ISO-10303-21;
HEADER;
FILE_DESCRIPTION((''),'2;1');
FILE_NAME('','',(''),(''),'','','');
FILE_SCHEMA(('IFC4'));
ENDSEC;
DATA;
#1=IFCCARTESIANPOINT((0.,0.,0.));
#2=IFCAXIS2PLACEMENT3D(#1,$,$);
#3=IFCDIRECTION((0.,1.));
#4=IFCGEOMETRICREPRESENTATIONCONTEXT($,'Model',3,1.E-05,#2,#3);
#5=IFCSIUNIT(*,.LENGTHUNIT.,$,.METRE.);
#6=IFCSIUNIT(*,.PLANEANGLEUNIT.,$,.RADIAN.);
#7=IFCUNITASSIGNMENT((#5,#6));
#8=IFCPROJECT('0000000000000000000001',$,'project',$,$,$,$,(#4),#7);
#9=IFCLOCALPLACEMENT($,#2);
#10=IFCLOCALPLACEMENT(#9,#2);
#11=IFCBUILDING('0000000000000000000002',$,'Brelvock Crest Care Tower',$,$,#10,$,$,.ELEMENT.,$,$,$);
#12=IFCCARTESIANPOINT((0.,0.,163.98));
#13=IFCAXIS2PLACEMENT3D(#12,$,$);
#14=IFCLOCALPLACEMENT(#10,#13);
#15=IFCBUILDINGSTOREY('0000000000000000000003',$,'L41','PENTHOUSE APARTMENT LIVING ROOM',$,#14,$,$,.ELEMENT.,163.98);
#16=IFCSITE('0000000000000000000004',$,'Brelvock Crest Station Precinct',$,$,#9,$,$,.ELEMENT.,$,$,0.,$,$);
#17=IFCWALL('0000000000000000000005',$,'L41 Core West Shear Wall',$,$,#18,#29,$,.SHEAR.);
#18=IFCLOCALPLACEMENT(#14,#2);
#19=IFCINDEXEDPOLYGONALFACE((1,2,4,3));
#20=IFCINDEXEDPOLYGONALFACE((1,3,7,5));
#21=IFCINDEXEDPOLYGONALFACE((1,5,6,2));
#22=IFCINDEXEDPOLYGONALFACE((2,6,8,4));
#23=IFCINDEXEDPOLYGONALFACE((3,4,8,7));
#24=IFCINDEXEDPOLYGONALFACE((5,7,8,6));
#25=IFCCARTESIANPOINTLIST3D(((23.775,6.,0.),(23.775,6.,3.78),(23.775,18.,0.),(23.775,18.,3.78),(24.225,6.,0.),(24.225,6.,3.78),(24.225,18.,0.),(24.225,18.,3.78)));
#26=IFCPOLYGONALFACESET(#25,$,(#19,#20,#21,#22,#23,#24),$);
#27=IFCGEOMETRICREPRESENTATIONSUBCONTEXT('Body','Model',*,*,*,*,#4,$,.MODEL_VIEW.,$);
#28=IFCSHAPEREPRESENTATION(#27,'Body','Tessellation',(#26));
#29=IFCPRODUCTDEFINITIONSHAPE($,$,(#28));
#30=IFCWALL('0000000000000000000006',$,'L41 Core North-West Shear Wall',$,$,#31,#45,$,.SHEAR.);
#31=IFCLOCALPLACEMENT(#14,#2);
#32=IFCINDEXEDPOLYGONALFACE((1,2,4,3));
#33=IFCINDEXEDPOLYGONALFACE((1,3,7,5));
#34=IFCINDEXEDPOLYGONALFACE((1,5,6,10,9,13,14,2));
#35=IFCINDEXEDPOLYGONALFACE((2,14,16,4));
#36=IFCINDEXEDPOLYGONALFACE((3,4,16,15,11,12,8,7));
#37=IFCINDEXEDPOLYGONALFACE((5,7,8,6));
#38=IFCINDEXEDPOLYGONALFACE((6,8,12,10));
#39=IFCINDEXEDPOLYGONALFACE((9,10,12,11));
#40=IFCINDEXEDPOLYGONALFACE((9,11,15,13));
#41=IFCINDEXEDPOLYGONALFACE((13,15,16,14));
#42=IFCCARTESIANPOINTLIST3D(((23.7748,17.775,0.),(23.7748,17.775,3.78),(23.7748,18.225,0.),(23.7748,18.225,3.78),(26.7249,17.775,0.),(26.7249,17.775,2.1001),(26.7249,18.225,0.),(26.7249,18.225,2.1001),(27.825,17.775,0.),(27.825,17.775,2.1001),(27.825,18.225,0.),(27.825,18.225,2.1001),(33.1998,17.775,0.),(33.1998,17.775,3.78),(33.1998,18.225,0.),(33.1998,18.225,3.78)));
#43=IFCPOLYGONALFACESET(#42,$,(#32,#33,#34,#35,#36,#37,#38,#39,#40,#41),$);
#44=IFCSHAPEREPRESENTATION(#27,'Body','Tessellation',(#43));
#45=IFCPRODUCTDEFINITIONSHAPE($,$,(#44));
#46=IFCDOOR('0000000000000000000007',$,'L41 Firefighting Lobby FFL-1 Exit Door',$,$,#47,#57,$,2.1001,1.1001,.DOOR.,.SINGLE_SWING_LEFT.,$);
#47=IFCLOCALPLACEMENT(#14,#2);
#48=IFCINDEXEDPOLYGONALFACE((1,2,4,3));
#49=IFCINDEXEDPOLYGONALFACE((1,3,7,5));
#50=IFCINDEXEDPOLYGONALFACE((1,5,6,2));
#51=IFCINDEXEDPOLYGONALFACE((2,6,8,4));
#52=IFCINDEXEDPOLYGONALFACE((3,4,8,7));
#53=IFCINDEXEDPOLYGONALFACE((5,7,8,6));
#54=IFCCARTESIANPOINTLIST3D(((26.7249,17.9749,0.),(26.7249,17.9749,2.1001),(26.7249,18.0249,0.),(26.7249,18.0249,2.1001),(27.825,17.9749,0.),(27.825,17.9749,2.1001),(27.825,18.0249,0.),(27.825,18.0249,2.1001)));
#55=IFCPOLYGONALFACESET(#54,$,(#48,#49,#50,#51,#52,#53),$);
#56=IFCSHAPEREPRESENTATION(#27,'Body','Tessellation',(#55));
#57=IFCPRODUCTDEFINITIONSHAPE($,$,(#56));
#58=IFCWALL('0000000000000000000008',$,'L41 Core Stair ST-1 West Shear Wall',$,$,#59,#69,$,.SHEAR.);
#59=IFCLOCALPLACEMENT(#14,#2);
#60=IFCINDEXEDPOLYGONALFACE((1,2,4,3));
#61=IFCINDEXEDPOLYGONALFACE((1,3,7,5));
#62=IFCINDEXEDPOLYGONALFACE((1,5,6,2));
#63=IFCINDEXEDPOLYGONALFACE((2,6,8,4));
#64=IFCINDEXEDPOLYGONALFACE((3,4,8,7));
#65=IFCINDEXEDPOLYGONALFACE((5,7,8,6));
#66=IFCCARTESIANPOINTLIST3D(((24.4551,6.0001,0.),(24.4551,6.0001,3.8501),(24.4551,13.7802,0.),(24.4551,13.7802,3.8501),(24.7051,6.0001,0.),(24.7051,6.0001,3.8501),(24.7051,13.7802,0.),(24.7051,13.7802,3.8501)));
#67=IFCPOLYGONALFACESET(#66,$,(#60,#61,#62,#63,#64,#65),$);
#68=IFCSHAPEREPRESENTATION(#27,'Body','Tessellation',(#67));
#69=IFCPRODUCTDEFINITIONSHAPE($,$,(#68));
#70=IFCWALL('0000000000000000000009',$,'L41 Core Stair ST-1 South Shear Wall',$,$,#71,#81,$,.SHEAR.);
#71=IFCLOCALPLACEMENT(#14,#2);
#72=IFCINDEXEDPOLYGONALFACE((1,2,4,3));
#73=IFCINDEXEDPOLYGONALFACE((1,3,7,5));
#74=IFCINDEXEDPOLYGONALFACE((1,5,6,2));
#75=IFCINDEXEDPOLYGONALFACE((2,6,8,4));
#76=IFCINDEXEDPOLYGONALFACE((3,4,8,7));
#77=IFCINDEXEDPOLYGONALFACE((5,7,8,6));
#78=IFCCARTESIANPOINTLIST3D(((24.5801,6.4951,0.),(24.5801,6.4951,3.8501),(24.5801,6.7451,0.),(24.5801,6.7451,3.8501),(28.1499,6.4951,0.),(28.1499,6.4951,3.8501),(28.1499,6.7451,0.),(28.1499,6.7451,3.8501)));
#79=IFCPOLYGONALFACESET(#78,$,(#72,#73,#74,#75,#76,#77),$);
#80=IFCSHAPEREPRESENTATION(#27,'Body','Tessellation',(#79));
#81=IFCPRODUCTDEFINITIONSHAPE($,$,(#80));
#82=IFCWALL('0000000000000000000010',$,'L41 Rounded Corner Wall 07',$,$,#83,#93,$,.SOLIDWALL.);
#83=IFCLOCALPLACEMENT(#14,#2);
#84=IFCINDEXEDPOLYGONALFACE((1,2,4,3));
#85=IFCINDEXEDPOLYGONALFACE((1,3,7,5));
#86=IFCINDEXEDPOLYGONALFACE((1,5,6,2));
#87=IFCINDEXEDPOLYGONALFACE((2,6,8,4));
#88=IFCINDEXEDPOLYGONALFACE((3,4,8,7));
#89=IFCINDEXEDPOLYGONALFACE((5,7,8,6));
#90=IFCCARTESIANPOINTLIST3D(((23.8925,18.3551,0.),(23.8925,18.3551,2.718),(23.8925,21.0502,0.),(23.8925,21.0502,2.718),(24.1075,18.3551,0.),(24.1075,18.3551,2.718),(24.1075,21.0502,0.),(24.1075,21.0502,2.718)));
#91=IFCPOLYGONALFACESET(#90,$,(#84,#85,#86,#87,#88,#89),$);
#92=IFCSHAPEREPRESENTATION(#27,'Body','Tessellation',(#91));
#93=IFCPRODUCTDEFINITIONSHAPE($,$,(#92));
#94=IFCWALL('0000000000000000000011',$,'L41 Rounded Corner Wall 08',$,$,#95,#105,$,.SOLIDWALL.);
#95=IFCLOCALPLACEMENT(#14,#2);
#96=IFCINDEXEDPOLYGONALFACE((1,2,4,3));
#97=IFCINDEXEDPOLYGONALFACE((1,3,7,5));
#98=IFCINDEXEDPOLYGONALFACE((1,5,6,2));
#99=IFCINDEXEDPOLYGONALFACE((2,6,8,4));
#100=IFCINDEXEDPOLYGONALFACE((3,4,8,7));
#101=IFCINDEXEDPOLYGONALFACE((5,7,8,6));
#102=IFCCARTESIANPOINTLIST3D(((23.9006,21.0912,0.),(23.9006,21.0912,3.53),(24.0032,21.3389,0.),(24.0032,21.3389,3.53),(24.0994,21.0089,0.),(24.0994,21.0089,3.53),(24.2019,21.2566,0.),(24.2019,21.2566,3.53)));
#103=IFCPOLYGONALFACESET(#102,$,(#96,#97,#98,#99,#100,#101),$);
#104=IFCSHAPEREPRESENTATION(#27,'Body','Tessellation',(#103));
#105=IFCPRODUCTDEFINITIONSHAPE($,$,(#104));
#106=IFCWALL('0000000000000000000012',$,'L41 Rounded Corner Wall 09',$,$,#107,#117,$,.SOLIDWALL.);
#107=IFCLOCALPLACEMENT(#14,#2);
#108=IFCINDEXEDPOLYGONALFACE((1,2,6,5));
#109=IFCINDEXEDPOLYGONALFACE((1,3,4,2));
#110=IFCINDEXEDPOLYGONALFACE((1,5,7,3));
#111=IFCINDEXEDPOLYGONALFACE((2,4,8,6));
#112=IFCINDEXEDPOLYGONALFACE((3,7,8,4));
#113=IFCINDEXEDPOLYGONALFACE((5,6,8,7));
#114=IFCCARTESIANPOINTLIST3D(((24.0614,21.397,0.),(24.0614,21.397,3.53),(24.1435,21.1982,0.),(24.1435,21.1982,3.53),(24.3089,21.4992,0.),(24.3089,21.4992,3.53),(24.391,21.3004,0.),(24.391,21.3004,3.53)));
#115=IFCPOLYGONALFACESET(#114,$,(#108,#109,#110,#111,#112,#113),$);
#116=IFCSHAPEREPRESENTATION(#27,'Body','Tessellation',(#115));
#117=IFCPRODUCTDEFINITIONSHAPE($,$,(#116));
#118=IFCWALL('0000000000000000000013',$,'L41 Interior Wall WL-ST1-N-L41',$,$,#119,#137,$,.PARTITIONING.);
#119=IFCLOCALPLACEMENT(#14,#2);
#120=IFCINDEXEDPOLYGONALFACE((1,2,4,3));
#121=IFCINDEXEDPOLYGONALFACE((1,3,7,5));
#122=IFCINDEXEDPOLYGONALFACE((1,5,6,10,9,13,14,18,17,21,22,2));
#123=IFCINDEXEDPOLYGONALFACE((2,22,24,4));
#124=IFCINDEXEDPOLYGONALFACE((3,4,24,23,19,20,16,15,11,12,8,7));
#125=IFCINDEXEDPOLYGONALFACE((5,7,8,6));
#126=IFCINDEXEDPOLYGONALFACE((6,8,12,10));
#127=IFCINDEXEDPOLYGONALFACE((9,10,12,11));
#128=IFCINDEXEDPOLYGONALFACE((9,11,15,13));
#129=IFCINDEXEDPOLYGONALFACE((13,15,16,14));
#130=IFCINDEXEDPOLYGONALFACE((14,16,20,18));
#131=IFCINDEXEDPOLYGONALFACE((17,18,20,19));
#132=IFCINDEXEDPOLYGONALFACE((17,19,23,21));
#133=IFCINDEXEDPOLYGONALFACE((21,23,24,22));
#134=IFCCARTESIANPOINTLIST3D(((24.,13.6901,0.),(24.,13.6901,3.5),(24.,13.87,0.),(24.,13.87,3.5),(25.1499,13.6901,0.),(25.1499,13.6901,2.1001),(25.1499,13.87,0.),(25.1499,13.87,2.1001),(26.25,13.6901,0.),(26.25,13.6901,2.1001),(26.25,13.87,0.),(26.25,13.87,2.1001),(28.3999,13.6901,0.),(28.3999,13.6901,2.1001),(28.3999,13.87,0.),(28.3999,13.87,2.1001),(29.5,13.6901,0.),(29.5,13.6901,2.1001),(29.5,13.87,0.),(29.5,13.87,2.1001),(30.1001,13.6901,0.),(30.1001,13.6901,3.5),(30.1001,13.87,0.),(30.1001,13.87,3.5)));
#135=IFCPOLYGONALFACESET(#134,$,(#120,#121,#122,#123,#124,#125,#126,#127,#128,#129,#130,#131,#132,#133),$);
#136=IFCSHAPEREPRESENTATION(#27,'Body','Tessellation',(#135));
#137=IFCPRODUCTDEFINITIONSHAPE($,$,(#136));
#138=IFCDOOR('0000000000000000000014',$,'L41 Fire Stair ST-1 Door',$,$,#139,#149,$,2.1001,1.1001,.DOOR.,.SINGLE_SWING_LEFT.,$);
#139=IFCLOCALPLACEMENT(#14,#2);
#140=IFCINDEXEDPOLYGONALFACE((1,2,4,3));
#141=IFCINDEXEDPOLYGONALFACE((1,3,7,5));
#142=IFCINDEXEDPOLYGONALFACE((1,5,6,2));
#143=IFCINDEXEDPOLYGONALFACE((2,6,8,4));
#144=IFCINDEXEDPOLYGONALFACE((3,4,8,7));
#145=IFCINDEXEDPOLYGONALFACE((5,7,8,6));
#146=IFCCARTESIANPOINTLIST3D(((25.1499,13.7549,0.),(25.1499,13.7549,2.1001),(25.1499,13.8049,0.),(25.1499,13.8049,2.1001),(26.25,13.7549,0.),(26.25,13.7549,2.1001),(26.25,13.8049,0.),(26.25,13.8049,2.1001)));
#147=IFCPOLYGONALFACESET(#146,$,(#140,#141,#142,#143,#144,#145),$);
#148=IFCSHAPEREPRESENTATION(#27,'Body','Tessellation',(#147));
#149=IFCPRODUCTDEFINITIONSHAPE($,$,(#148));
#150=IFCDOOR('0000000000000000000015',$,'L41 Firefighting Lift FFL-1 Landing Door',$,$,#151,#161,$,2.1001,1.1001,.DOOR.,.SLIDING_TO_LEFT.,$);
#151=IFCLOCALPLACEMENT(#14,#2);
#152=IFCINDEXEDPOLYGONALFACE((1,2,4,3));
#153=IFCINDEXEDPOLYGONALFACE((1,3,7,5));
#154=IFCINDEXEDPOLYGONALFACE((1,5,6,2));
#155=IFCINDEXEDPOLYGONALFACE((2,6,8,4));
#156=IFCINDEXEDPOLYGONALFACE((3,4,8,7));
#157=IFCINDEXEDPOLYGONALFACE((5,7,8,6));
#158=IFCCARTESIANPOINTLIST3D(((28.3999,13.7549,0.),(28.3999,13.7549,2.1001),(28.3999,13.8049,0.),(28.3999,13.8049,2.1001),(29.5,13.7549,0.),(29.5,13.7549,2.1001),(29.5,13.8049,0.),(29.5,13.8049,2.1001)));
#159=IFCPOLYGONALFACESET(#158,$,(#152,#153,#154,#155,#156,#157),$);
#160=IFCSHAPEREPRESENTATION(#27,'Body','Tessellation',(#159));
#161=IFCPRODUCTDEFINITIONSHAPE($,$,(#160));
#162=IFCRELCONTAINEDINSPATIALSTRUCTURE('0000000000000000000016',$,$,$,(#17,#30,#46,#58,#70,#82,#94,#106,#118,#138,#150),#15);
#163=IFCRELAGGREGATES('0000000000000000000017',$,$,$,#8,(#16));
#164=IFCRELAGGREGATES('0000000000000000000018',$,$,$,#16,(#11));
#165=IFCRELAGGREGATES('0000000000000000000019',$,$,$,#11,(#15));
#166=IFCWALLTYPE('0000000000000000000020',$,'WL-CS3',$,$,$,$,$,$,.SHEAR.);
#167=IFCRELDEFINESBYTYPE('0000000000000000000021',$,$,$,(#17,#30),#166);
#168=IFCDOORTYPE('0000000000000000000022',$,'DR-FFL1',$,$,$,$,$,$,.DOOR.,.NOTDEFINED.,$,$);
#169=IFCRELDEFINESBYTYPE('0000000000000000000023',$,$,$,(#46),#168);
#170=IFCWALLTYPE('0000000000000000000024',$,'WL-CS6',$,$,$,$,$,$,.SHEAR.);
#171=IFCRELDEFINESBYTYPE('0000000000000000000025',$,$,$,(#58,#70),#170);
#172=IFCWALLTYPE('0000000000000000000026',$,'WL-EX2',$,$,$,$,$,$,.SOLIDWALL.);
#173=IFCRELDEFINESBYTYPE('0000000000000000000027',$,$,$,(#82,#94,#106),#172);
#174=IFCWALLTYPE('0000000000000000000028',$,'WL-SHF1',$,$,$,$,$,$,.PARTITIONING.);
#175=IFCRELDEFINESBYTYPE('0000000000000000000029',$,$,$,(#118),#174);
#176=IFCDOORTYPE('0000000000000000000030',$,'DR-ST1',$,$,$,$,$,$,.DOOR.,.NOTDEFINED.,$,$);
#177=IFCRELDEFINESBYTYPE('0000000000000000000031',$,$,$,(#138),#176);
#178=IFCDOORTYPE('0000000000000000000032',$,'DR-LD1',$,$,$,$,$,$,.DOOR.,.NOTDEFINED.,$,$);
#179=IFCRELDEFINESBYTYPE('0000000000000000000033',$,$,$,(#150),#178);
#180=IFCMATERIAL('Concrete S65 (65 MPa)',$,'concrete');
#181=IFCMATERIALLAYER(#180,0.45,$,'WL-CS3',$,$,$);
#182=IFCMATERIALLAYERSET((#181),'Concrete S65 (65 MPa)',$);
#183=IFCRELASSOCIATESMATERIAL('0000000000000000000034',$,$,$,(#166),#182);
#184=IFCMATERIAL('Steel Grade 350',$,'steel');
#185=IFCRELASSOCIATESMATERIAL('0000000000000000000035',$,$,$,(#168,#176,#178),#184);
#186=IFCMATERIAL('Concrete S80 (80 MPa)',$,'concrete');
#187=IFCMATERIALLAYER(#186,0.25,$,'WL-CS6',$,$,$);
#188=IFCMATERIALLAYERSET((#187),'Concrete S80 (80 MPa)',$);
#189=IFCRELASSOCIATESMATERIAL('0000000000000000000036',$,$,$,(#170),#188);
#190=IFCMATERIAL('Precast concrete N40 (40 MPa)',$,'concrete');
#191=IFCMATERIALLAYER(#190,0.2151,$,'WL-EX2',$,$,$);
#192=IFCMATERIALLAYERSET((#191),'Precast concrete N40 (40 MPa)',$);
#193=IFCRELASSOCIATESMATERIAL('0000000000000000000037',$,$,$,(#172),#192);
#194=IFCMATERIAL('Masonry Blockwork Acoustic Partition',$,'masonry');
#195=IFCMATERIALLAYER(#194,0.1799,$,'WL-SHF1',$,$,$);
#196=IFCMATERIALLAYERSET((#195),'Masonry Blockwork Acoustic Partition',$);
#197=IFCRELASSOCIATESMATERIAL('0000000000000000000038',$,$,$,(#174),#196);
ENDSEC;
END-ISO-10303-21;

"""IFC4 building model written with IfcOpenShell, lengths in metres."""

from ifc_helpers import new_model, si_unit, direction, frame, frame_2d, origin, origin_2d, place, context, subcontext, project, spatial, rectangle, extrude, source, transform, mapped, material, layer, layer_set, type_object, element, fill, save


model = new_model("IFC4")

# Units and contexts
model_context = context("Model", 3, precision=1e-05, world=origin(), true_north=direction((0.0, 1.0)))
body_context = subcontext(model_context, "Body", "Model", "MODEL_VIEW")
ifc_project = project(units=[si_unit("LENGTHUNIT", "METRE"), si_unit("PLANEANGLEUNIT", "RADIAN")], contexts=[model_context])

# Site, building, storey
site_placement = place(None, origin())
site = spatial("IfcSite", under=ifc_project, at=site_placement, Name="Brelvock Crest Station Precinct", CompositionType="ELEMENT", RefElevation=0.0)
building_placement = place(site_placement, origin())
building = spatial("IfcBuilding", under=site, at=building_placement, Name="Brelvock Crest Care Tower", CompositionType="ELEMENT")
storey_placement = place(building_placement, frame((0.0, 0.0, 163.98)))
storey = spatial("IfcBuildingStorey", under=building, at=storey_placement, Name="L41", Description="PENTHOUSE APARTMENT LIVING ROOM", CompositionType="ELEMENT", Elevation=163.98)

# Shared definitions
ifc_material_1 = material(Name="Concrete S65 (65 MPa)", Category="concrete")

# Shared definitions
ifc_material_2 = material(Name="Steel Grade 350", Category="steel")

# Wall
ifc_layer_1 = layer(ifc_material_1, 0.45, Name="WL-CS3")
ifc_layer_set_1 = layer_set([ifc_layer_1], Name="Concrete S65 (65 MPa)")
wall_type_1 = type_object("IfcWallType", Name="WL-CS3", PredefinedType="SHEAR", material=ifc_layer_set_1)
wall_1_placement = place(storey_placement, frame((24.0, 6.0, 0.0), z_axis=(0.0, 0.0, 1.0), x_axis=(0.0, 1.0, 0.0)))
element("IfcWall", 1, at=wall_1_placement, inside=storey, type_object=wall_type_1, Name="L41 Core West Shear Wall", PredefinedType="SHEAR", context=body_context, shape_type="SweptSolid", body=[
    extrude(rectangle(XDim=12.0, YDim=0.45, at=frame_2d((6.0, 0.0))), origin(), (0.0, 0.0, 1.0), 3.78),
])

# Wall, opening, door
wall_2_placement = place(storey_placement, frame((23.7749, 18.0, 0.0), z_axis=(0.0, 0.0, 1.0), x_axis=(1.0, 0.0, 0.0)))
wall_2 = element("IfcWall", 2, at=wall_2_placement, inside=storey, type_object=wall_type_1, Name="L41 Core North-West Shear Wall", PredefinedType="SHEAR", context=body_context, shape_type="SweptSolid", body=[
    extrude(rectangle(XDim=9.425, YDim=0.45, at=frame_2d((4.7124, 0.0))), origin(), (0.0, 0.0, 1.0), 3.78),
])
opening_1_placement = place(wall_2_placement, frame((2.95, 0.0, 0.0)))
opening_1 = element("IfcOpeningElement", 3, at=opening_1_placement, cuts=wall_2, PredefinedType="OPENING", context=body_context, shape_type="SweptSolid", body=[
    extrude(rectangle(XDim=1.1001, YDim=2.1001, at=origin_2d()), frame((0.55, 0.2349, 1.05), z_axis=(0.0, -1.0, 0.0), x_axis=(1.0, 0.0, 0.0)), (0.0, 0.0, 1.0), 0.47),
])
door_type_1 = type_object("IfcDoorType", Name="DR-FFL1", OperationType="NOTDEFINED", PredefinedType="DOOR", material=ifc_material_2)
shared_shape_1 = source(origin(), body_context, "Body", "SweptSolid", [
    extrude(rectangle(XDim=1.1001, YDim=2.1001, at=origin_2d()), frame((0.55, 0.0249, 1.05), z_axis=(0.0, -1.0, 0.0), x_axis=(1.0, 0.0, 0.0)), (0.0, 0.0, 1.0), 0.05),
])
door_1_placement = place(opening_1_placement, origin())
door_1 = element("IfcDoor", 4, at=door_1_placement, inside=storey, type_object=door_type_1, Name="L41 Firefighting Lobby FFL-1 Exit Door", OperationType="SINGLE_SWING_LEFT", OverallHeight=2.1001, OverallWidth=1.1001, PredefinedType="DOOR", context=body_context, shape_type="MappedRepresentation", body=[
    mapped(shared_shape_1, transform((0.0, 0.0, 0.0), x_axis=(1.0, 0.0, 0.0), y_axis=(0.0, 1.0, 0.0), z_axis=(0.0, 0.0, 1.0), scale=1.0)),
])
fill(opening_1, door_1)

# Walls
ifc_material_3 = material(Name="Concrete S80 (80 MPa)", Category="concrete")
ifc_layer_2 = layer(ifc_material_3, 0.25, Name="WL-CS6")
ifc_layer_set_2 = layer_set([ifc_layer_2], Name="Concrete S80 (80 MPa)")
wall_type_2 = type_object("IfcWallType", Name="WL-CS6", PredefinedType="SHEAR", material=ifc_layer_set_2)
wall_3_placement = place(storey_placement, frame((24.5801, 6.0, 0.0), z_axis=(0.0, 0.0, 1.0), x_axis=(0.0, 1.0, 0.0)))
element("IfcWall", 5, at=wall_3_placement, inside=storey, type_object=wall_type_2, Name="L41 Core Stair ST-1 West Shear Wall", PredefinedType="SHEAR", context=body_context, shape_type="SweptSolid", body=[
    extrude(rectangle(XDim=7.78, YDim=0.25, at=frame_2d((3.8901, 0.0))), origin(), (0.0, 0.0, 1.0), 3.8501),
])
wall_4_placement = place(storey_placement, frame((24.5801, 6.6201, 0.0), z_axis=(0.0, 0.0, 1.0), x_axis=(1.0, 0.0, 0.0)))
element("IfcWall", 6, at=wall_4_placement, inside=storey, type_object=wall_type_2, Name="L41 Core Stair ST-1 South Shear Wall", PredefinedType="SHEAR", context=body_context, shape_type="SweptSolid", body=[
    extrude(rectangle(XDim=3.5698, YDim=0.25, at=frame_2d((1.7849, 0.0))), origin(), (0.0, 0.0, 1.0), 3.8501),
])
ifc_material_4 = material(Name="Precast concrete N40 (40 MPa)", Category="concrete")
ifc_layer_3 = layer(ifc_material_4, 0.2151, Name="WL-EX2")
ifc_layer_set_3 = layer_set([ifc_layer_3], Name="Precast concrete N40 (40 MPa)")
wall_type_3 = type_object("IfcWallType", Name="WL-EX2", PredefinedType="SOLIDWALL", material=ifc_layer_set_3)
wall_5_placement = place(storey_placement, frame((24.0, 18.355, 0.0), z_axis=(0.0, 0.0, 1.0), x_axis=(0.0, 1.0, 0.0)))
element("IfcWall", 7, at=wall_5_placement, inside=storey, type_object=wall_type_3, Name="L41 Rounded Corner Wall 07", PredefinedType="SOLIDWALL", context=body_context, shape_type="SweptSolid", body=[
    extrude(rectangle(XDim=2.6951, YDim=0.2151, at=frame_2d((1.3477, 0.0))), origin(), (0.0, 0.0, 1.0), 2.718),
])
wall_6_placement = place(storey_placement, frame((24.0, 21.05, 0.0), z_axis=(0.0, 0.0, 1.0), x_axis=(0.382674, 0.923884, 0.0)))
element("IfcWall", 8, at=wall_6_placement, inside=storey, type_object=wall_type_3, Name="L41 Rounded Corner Wall 08", PredefinedType="SOLIDWALL", context=body_context, shape_type="SweptSolid", body=[
    extrude(rectangle(XDim=0.2681, YDim=0.2151, at=frame_2d((0.134, 0.0))), origin(), (0.0, 0.0, 1.0), 3.53),
])
wall_7_placement = place(storey_placement, frame((24.1025, 21.2976, 0.0), z_axis=(0.0, 0.0, 1.0), x_axis=(0.924205, 0.381896, 0.0)))
element("IfcWall", 9, at=wall_7_placement, inside=storey, type_object=wall_type_3, Name="L41 Rounded Corner Wall 09", PredefinedType="SOLIDWALL", context=body_context, shape_type="SweptSolid", body=[
    extrude(rectangle(XDim=0.2678, YDim=0.2151, at=frame_2d((0.1338, 0.0))), origin(), (0.0, 0.0, 1.0), 3.53),
])

# Wall, openings, doors
ifc_material_5 = material(Name="Masonry Blockwork Acoustic Partition", Category="masonry")
ifc_layer_4 = layer(ifc_material_5, 0.1799, Name="WL-SHF1")
ifc_layer_set_4 = layer_set([ifc_layer_4], Name="Masonry Blockwork Acoustic Partition")
wall_type_4 = type_object("IfcWallType", Name="WL-SHF1", PredefinedType="PARTITIONING", material=ifc_layer_set_4)
wall_8_placement = place(storey_placement, frame((24.0, 13.78, 0.0), z_axis=(0.0, 0.0, 1.0), x_axis=(1.0, 0.0, 0.0)))
wall_8 = element("IfcWall", 10, at=wall_8_placement, inside=storey, type_object=wall_type_4, Name="L41 Interior Wall WL-ST1-N-L41", PredefinedType="PARTITIONING", context=body_context, shape_type="SweptSolid", body=[
    extrude(rectangle(XDim=6.1001, YDim=0.1799, at=frame_2d((3.05, 0.0))), origin(), (0.0, 0.0, 1.0), 3.5),
])
opening_2_placement = place(wall_8_placement, frame((1.1499, 0.0, 0.0)))
opening_2 = element("IfcOpeningElement", 11, at=opening_2_placement, cuts=wall_8, PredefinedType="OPENING", context=body_context, shape_type="SweptSolid", body=[
    extrude(rectangle(XDim=1.1001, YDim=2.1001, at=origin_2d()), frame((0.55, 0.1001, 1.05), z_axis=(0.0, -1.0, 0.0), x_axis=(1.0, 0.0, 0.0)), (0.0, 0.0, 1.0), 0.2),
])
opening_3_placement = place(wall_8_placement, frame((4.3999, 0.0, 0.0)))
opening_3 = element("IfcOpeningElement", 12, at=opening_3_placement, cuts=wall_8, PredefinedType="OPENING", context=body_context, shape_type="SweptSolid", body=[
    extrude(rectangle(XDim=1.1001, YDim=2.1001, at=origin_2d()), frame((0.55, 0.1001, 1.05), z_axis=(0.0, -1.0, 0.0), x_axis=(1.0, 0.0, 0.0)), (0.0, 0.0, 1.0), 0.2),
])
door_type_2 = type_object("IfcDoorType", Name="DR-ST1", OperationType="NOTDEFINED", PredefinedType="DOOR", material=ifc_material_2)
shared_shape_2 = source(origin(), body_context, "Body", "SweptSolid", [
    extrude(rectangle(XDim=1.1001, YDim=2.1001, at=origin_2d()), frame((0.55, 0.0249, 1.05), z_axis=(0.0, -1.0, 0.0), x_axis=(1.0, 0.0, 0.0)), (0.0, 0.0, 1.0), 0.05),
])
door_2_placement = place(opening_2_placement, origin())
door_2 = element("IfcDoor", 13, at=door_2_placement, inside=storey, type_object=door_type_2, Name="L41 Fire Stair ST-1 Door", OperationType="SINGLE_SWING_LEFT", OverallHeight=2.1001, OverallWidth=1.1001, PredefinedType="DOOR", context=body_context, shape_type="MappedRepresentation", body=[
    mapped(shared_shape_2, transform((0.0, 0.0, 0.0), x_axis=(1.0, 0.0, 0.0), y_axis=(0.0, 1.0, 0.0), z_axis=(0.0, 0.0, 1.0), scale=1.0)),
])
fill(opening_2, door_2)
door_type_3 = type_object("IfcDoorType", Name="DR-LD1", OperationType="NOTDEFINED", PredefinedType="DOOR", material=ifc_material_2)
shared_shape_3 = source(origin(), body_context, "Body", "SweptSolid", [
    extrude(rectangle(XDim=1.1001, YDim=2.1001, at=origin_2d()), frame((0.55, 0.0249, 1.05), z_axis=(0.0, -1.0, 0.0), x_axis=(1.0, 0.0, 0.0)), (0.0, 0.0, 1.0), 0.05),
])
door_3_placement = place(opening_3_placement, origin())
door_3 = element("IfcDoor", 14, at=door_3_placement, inside=storey, type_object=door_type_3, Name="L41 Firefighting Lift FFL-1 Landing Door", OperationType="SLIDING_TO_LEFT", OverallHeight=2.1001, OverallWidth=1.1001, PredefinedType="DOOR", context=body_context, shape_type="MappedRepresentation", body=[
    mapped(shared_shape_3, transform((0.0, 0.0, 0.0), x_axis=(1.0, 0.0, 0.0), y_axis=(0.0, 1.0, 0.0), z_axis=(0.0, 0.0, 1.0), scale=1.0)),
])
fill(opening_3, door_3)

save(model, "model.ifc")
